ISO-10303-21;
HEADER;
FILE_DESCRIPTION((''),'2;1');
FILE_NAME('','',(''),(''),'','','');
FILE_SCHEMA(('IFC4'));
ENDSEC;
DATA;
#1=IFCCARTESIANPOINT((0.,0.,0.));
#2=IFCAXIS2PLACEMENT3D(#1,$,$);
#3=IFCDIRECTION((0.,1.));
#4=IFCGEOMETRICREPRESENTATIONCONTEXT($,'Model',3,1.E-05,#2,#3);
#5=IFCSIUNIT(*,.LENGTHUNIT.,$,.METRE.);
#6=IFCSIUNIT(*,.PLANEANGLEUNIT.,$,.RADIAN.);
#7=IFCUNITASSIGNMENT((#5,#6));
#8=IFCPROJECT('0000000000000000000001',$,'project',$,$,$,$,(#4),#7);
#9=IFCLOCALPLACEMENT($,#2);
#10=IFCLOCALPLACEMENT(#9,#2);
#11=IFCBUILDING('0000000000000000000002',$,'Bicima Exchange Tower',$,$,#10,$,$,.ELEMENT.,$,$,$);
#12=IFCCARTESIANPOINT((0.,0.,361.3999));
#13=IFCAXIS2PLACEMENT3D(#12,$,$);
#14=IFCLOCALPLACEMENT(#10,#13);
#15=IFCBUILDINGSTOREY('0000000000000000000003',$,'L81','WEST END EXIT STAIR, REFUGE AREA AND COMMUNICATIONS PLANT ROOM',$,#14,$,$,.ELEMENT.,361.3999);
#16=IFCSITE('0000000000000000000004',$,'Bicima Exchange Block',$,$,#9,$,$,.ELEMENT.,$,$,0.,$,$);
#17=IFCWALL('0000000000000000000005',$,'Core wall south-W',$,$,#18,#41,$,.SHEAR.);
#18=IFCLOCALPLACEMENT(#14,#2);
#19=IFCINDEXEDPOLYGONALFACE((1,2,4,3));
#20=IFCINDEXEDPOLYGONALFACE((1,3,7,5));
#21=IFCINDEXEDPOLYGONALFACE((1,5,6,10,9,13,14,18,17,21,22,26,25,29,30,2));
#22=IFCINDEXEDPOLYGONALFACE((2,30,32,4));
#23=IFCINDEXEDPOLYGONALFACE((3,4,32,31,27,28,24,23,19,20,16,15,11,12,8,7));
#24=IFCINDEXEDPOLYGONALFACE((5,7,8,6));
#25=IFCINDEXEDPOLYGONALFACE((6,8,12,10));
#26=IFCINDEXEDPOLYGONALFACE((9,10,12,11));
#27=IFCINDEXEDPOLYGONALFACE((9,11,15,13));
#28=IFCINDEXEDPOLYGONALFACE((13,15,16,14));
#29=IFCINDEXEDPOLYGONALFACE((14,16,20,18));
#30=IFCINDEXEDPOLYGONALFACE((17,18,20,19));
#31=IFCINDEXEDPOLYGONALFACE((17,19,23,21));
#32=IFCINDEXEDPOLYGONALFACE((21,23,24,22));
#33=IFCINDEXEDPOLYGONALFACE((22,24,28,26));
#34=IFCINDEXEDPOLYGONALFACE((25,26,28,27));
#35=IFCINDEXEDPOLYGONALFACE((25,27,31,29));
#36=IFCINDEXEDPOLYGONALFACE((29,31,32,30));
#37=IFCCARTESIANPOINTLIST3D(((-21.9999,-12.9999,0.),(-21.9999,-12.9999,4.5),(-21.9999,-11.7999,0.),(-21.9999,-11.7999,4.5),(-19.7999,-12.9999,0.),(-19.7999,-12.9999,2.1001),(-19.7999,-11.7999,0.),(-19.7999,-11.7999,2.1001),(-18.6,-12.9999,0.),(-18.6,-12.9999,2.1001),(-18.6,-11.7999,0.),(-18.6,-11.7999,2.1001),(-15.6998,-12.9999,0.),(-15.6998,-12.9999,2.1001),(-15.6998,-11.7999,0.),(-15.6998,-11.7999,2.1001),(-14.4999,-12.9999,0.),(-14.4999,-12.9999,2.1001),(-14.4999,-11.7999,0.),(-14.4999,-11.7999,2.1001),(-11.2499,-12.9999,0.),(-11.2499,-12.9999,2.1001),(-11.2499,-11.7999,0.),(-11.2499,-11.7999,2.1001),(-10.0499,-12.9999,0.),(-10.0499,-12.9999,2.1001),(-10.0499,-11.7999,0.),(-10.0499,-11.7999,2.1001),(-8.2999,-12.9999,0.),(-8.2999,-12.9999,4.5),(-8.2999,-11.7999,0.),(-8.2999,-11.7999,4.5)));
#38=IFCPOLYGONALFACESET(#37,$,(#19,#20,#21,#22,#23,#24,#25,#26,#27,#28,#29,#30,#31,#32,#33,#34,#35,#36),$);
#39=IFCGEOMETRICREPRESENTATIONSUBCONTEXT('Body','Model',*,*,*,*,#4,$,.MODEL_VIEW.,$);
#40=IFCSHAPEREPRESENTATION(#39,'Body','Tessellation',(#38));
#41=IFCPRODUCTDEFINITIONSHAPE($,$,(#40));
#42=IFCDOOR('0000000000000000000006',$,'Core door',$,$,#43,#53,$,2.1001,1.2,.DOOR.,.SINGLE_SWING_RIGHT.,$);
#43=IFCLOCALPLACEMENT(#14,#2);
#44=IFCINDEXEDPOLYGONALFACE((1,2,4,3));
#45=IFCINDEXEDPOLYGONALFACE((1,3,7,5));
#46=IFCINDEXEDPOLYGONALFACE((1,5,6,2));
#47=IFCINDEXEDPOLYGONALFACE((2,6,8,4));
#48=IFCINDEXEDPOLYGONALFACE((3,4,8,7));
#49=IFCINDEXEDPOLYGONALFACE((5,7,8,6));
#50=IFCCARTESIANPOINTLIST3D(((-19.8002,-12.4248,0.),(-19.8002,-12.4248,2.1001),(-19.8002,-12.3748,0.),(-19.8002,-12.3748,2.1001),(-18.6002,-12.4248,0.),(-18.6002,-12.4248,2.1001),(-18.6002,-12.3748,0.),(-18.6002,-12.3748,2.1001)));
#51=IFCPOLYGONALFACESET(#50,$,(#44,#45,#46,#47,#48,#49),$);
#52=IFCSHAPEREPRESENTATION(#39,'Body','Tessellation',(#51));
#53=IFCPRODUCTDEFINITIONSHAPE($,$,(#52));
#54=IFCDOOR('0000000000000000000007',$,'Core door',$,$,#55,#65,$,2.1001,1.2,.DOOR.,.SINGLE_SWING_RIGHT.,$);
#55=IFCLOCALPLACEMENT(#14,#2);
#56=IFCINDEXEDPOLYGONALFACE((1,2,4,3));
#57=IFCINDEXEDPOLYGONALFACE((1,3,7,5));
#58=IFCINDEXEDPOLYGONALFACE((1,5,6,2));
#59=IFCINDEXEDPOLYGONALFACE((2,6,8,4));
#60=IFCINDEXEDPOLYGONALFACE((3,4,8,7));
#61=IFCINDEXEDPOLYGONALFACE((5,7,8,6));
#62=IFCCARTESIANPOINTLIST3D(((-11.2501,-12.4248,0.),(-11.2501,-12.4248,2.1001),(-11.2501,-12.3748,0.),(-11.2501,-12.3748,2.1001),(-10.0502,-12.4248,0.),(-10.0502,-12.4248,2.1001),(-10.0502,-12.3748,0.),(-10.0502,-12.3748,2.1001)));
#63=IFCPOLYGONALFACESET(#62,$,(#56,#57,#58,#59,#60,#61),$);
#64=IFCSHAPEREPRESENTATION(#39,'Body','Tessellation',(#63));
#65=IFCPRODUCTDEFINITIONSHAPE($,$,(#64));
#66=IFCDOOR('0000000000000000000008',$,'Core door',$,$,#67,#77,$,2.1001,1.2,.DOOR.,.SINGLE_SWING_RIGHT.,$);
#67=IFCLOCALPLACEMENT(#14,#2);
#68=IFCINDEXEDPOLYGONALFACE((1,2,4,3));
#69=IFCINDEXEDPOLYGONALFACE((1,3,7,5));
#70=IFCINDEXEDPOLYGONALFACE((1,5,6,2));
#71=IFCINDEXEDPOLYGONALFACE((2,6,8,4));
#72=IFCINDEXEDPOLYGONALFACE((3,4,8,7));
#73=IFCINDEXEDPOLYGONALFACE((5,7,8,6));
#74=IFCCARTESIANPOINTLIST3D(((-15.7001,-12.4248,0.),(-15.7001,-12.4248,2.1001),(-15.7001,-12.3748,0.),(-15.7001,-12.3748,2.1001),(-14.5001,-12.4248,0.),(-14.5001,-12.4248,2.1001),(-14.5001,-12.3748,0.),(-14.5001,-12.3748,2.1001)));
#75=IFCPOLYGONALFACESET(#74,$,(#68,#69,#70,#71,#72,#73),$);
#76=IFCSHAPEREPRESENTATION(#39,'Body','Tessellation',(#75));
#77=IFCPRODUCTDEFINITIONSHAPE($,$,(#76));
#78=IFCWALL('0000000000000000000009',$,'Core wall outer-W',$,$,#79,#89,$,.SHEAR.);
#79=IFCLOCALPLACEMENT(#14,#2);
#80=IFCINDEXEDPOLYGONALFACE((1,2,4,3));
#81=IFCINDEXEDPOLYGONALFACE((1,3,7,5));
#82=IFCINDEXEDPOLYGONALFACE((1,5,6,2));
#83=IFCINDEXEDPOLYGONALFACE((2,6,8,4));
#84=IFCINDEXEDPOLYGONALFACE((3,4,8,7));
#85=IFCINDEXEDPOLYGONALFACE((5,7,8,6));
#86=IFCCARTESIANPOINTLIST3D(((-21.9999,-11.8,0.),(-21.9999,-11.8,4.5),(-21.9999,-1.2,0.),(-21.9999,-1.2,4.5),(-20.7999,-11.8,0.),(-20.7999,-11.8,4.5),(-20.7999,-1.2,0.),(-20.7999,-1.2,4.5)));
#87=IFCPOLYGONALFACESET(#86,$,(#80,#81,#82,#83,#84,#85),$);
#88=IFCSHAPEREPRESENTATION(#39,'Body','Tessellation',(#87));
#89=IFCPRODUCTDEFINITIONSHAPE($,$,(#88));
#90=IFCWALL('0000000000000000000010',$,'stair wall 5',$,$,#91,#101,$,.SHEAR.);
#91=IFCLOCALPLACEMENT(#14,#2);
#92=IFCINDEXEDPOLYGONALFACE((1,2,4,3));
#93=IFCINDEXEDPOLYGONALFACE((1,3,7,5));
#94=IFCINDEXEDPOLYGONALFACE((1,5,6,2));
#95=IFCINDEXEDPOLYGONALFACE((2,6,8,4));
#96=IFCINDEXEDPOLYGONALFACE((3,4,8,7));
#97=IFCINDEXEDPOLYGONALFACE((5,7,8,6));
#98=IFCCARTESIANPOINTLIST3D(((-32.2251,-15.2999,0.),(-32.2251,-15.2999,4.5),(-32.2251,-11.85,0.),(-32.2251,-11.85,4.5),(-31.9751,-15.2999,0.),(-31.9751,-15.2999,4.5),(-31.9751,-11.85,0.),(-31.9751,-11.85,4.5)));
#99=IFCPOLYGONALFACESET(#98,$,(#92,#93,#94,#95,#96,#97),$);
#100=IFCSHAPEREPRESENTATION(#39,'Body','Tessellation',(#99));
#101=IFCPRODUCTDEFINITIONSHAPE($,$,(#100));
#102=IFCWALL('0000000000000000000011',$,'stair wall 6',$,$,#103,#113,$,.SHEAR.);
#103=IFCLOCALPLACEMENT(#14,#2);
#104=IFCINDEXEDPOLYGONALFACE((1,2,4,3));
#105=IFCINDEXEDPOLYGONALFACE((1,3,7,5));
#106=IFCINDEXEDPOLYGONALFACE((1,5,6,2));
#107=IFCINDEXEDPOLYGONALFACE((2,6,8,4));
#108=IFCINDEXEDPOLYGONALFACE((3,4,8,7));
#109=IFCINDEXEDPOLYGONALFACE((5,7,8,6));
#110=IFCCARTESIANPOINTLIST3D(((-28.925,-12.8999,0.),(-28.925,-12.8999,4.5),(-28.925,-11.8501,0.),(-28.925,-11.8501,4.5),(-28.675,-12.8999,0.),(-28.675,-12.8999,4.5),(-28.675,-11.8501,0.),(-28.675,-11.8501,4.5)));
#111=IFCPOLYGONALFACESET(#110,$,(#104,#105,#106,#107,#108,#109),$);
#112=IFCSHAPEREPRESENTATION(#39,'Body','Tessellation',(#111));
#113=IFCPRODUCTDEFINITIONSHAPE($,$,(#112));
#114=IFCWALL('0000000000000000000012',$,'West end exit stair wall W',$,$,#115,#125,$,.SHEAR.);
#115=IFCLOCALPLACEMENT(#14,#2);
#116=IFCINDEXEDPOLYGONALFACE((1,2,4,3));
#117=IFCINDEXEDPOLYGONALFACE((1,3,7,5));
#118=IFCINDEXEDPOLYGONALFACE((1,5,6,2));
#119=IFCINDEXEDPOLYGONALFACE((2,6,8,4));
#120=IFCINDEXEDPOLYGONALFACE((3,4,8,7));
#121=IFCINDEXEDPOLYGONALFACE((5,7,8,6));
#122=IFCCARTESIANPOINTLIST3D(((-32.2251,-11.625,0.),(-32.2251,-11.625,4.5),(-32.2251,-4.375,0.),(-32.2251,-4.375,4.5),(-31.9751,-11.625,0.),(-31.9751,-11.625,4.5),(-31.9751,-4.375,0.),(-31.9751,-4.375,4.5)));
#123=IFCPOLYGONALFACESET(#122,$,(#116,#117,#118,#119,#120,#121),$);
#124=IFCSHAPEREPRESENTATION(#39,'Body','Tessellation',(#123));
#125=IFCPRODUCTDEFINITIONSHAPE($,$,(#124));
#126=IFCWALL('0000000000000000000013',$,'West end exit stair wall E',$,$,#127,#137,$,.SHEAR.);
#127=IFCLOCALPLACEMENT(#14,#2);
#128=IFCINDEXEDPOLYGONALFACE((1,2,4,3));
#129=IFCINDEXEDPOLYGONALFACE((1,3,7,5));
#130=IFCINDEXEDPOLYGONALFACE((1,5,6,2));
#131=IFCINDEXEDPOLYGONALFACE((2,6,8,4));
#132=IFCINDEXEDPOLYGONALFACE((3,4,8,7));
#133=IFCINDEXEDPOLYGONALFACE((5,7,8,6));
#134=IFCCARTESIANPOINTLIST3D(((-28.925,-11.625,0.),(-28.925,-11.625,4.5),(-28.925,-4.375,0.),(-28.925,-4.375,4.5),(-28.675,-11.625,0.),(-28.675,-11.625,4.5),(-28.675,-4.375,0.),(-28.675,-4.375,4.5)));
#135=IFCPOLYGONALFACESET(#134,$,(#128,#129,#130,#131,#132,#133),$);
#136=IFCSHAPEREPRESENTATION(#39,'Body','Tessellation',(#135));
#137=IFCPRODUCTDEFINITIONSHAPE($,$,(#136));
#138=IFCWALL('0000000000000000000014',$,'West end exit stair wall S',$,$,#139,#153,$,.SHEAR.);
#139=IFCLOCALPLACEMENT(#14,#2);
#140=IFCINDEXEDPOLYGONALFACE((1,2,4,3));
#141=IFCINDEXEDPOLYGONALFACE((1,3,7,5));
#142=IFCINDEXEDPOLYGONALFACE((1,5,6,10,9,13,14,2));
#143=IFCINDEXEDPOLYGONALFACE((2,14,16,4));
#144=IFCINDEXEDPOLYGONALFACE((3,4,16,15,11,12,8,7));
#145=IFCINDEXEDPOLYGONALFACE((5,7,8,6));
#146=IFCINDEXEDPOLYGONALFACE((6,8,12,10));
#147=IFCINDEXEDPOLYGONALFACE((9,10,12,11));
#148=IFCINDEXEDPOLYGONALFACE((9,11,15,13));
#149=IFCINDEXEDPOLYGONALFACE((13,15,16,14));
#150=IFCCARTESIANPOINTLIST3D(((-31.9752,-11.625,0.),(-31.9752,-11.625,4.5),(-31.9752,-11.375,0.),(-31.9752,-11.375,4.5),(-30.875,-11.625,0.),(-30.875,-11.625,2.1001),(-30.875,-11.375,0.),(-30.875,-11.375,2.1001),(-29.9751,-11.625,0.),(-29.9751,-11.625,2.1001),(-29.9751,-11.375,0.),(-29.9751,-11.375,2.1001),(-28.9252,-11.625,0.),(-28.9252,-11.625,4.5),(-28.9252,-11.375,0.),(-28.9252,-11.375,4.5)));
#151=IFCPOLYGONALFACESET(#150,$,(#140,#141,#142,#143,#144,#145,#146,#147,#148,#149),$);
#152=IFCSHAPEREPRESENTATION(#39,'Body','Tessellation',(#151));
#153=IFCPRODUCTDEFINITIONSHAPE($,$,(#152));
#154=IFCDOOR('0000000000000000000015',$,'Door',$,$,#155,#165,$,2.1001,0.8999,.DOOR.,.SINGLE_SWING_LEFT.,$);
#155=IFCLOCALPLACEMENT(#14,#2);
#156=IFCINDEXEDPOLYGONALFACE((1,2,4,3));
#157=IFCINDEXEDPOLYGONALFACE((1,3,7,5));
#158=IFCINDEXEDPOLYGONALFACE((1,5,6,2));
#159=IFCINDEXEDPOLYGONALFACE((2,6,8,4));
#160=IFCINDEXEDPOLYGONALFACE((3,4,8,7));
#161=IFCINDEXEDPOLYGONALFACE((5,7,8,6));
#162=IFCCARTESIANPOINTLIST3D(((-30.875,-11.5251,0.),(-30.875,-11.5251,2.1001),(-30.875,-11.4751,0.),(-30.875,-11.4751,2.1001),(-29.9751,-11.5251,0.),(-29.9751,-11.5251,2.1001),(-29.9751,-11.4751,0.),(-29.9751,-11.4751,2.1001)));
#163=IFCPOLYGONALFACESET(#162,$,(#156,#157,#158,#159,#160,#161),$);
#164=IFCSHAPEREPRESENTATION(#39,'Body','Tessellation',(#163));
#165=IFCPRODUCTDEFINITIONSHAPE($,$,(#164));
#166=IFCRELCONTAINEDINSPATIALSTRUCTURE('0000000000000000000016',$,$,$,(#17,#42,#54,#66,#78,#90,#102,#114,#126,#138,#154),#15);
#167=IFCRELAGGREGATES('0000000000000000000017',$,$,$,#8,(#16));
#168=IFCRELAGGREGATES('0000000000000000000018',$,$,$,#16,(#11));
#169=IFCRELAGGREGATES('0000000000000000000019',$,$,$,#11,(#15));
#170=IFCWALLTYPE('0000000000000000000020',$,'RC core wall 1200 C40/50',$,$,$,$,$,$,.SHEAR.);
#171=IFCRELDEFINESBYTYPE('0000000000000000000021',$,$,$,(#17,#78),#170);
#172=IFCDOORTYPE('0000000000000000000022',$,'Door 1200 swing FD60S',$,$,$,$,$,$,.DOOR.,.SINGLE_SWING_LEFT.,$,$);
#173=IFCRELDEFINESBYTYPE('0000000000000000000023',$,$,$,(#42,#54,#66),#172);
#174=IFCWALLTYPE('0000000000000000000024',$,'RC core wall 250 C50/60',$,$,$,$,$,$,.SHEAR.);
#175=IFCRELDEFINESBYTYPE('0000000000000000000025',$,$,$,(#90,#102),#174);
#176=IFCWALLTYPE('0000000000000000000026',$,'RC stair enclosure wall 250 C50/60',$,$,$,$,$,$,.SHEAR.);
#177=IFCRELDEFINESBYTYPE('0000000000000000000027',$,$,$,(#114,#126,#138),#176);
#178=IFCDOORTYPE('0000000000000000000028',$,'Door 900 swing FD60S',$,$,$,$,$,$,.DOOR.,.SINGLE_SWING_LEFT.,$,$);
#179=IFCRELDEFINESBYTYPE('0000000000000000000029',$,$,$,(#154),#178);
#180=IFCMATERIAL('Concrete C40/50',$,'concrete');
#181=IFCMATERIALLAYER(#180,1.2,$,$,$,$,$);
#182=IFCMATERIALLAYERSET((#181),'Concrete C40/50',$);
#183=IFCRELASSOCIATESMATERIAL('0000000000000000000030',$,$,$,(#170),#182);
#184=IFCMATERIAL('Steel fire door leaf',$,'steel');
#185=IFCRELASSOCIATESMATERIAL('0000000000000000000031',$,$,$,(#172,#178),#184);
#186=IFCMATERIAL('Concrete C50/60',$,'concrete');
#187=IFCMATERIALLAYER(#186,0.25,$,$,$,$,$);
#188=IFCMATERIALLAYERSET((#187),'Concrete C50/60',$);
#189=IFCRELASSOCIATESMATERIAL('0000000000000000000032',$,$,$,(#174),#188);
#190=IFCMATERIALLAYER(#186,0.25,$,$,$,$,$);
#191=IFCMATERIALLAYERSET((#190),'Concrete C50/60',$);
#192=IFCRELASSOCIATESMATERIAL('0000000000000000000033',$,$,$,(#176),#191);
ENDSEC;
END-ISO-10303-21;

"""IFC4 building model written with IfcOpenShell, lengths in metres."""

from ifc_helpers import new_model, si_unit, direction, frame, frame_2d, origin, place, context, subcontext, project, spatial, rectangle, extrude, material, layer, layer_set, type_object, element, fill, save


model = new_model("IFC4")

# Units and contexts
model_context = context("Model", 3, precision=1e-05, world=origin(), true_north=direction((0.0, 1.0)))
body_context = subcontext(model_context, "Body", "Model", "MODEL_VIEW")
ifc_project = project(units=[si_unit("LENGTHUNIT", "METRE"), si_unit("PLANEANGLEUNIT", "RADIAN")], contexts=[model_context])

# Site, building, storey
site_placement = place(None, origin())
site = spatial("IfcSite", under=ifc_project, at=site_placement, Name="Bicima Exchange Block", CompositionType="ELEMENT", RefElevation=0.0)
building_placement = place(site_placement, origin())
building = spatial("IfcBuilding", under=site, at=building_placement, Name="Bicima Exchange Tower", CompositionType="ELEMENT")
storey_placement = place(building_placement, frame((0.0, 0.0, 361.3999)))
storey = spatial("IfcBuildingStorey", under=building, at=storey_placement, Name="L81", Description="WEST END EXIT STAIR, REFUGE AREA AND COMMUNICATIONS PLANT ROOM", CompositionType="ELEMENT", Elevation=361.3999)

# Shared definitions
ifc_material_1 = material(Name="Steel fire door leaf", Category="steel")

# Wall, openings, doors
ifc_material_2 = material(Name="Concrete C40/50", Category="concrete")
ifc_layer_1 = layer(ifc_material_2, 1.2)
ifc_layer_set_1 = layer_set([ifc_layer_1], Name="Concrete C40/50")
wall_type_1 = type_object("IfcWallType", Name="RC core wall 1200 C40/50", PredefinedType="SHEAR", material=ifc_layer_set_1)
wall_1_placement = place(storey_placement, frame((-22.0, -12.3999, 0.0), z_axis=(0.0, 0.0, 1.0), x_axis=(1.0, 0.0, 0.0)))
wall_1 = element("IfcWall", 1, at=wall_1_placement, inside=storey, type_object=wall_type_1, Name="Core wall south-W", PredefinedType="SHEAR", context=body_context, shape_type="SweptSolid", body=[
    extrude(rectangle(XDim=13.7, YDim=1.2, at=frame_2d((6.8501, 0.0))), origin(), (0.0, 0.0, 1.0), 4.5),
])
opening_1_placement = place(wall_1_placement, frame((2.2, 0.0, 0.0)))
opening_1 = element("IfcOpeningElement", 2, at=opening_1_placement, cuts=wall_1, PredefinedType="OPENING", context=body_context, shape_type="SweptSolid", body=[
    extrude(rectangle(XDim=1.2, YDim=2.1001, at=frame_2d((0.6001, 1.05))), frame((0.0, 0.6118, 0.0), z_axis=(0.0, -1.0, 0.0), x_axis=(1.0, 0.0, 0.0)), (0.0, 0.0, 1.0), 1.2239),
])
opening_2_placement = place(wall_1_placement, frame((10.75, 0.0, 0.0)))
opening_2 = element("IfcOpeningElement", 3, at=opening_2_placement, cuts=wall_1, PredefinedType="OPENING", context=body_context, shape_type="SweptSolid", body=[
    extrude(rectangle(XDim=1.2, YDim=2.1001, at=frame_2d((0.6001, 1.05))), frame((0.0, 0.6118, 0.0), z_axis=(0.0, -1.0, 0.0), x_axis=(1.0, 0.0, 0.0)), (0.0, 0.0, 1.0), 1.2239),
])
opening_3_placement = place(wall_1_placement, frame((6.3, 0.0, 0.0)))
opening_3 = element("IfcOpeningElement", 4, at=opening_3_placement, cuts=wall_1, PredefinedType="OPENING", context=body_context, shape_type="SweptSolid", body=[
    extrude(rectangle(XDim=1.2, YDim=2.1001, at=frame_2d((0.6001, 1.05))), frame((0.0, 0.6118, 0.0), z_axis=(0.0, -1.0, 0.0), x_axis=(1.0, 0.0, 0.0)), (0.0, 0.0, 1.0), 1.2239),
])
door_type_1 = type_object("IfcDoorType", Name="Door 1200 swing FD60S", OperationType="SINGLE_SWING_LEFT", PredefinedType="DOOR", material=ifc_material_1)
door_1_placement = place(opening_1_placement, frame((1.2, 0.0, 0.0), z_axis=(0.0, 0.0, 1.0), x_axis=(-1.0, 0.0, 0.0)))
door_1 = element("IfcDoor", 5, at=door_1_placement, inside=storey, type_object=door_type_1, Name="Core door", OperationType="SINGLE_SWING_RIGHT", OverallHeight=2.1001, OverallWidth=1.2, PredefinedType="DOOR", context=body_context, shape_type="SweptSolid", body=[
    extrude(rectangle(XDim=1.2, YDim=2.1001, at=frame_2d((0.6001, 1.05))), frame((0.0, 0.0249, 0.0), z_axis=(0.0, -1.0, 0.0), x_axis=(1.0, 0.0, 0.0)), (0.0, 0.0, 1.0), 0.05),
])
fill(opening_1, door_1)
door_2_placement = place(opening_2_placement, frame((1.2, 0.0, 0.0), z_axis=(0.0, 0.0, 1.0), x_axis=(-1.0, 0.0, 0.0)))
door_2 = element("IfcDoor", 6, at=door_2_placement, inside=storey, type_object=door_type_1, Name="Core door", OperationType="SINGLE_SWING_RIGHT", OverallHeight=2.1001, OverallWidth=1.2, PredefinedType="DOOR", context=body_context, shape_type="SweptSolid", body=[
    extrude(rectangle(XDim=1.2, YDim=2.1001, at=frame_2d((0.6001, 1.05))), frame((0.0, 0.0249, 0.0), z_axis=(0.0, -1.0, 0.0), x_axis=(1.0, 0.0, 0.0)), (0.0, 0.0, 1.0), 0.05),
])
fill(opening_2, door_2)
door_3_placement = place(opening_3_placement, frame((1.2, 0.0, 0.0), z_axis=(0.0, 0.0, 1.0), x_axis=(-1.0, 0.0, 0.0)))
door_3 = element("IfcDoor", 7, at=door_3_placement, inside=storey, type_object=door_type_1, Name="Core door", OperationType="SINGLE_SWING_RIGHT", OverallHeight=2.1001, OverallWidth=1.2, PredefinedType="DOOR", context=body_context, shape_type="SweptSolid", body=[
    extrude(rectangle(XDim=1.2, YDim=2.1001, at=frame_2d((0.6001, 1.05))), frame((0.0, 0.0249, 0.0), z_axis=(0.0, -1.0, 0.0), x_axis=(1.0, 0.0, 0.0)), (0.0, 0.0, 1.0), 0.05),
])
fill(opening_3, door_3)

# Walls
wall_2_placement = place(storey_placement, frame((-21.3999, -11.8, 0.0), z_axis=(0.0, 0.0, 1.0), x_axis=(0.0, 1.0, 0.0)))
element("IfcWall", 8, at=wall_2_placement, inside=storey, type_object=wall_type_1, Name="Core wall outer-W", PredefinedType="SHEAR", context=body_context, shape_type="SweptSolid", body=[
    extrude(rectangle(XDim=10.6001, YDim=1.2, at=frame_2d((5.3, 0.0))), origin(), (0.0, 0.0, 1.0), 4.5),
])
ifc_material_3 = material(Name="Concrete C50/60", Category="concrete")
ifc_layer_2 = layer(ifc_material_3, 0.25)
ifc_layer_set_2 = layer_set([ifc_layer_2], Name="Concrete C50/60")
wall_type_2 = type_object("IfcWallType", Name="RC core wall 250 C50/60", PredefinedType="SHEAR", material=ifc_layer_set_2)
wall_3_placement = place(storey_placement, frame((-32.1001, -15.3, 0.0), z_axis=(0.0, 0.0, 1.0), x_axis=(0.0, 1.0, 0.0)))
element("IfcWall", 9, at=wall_3_placement, inside=storey, type_object=wall_type_2, Name="stair wall 5", PredefinedType="SHEAR", context=body_context, shape_type="SweptSolid", body=[
    extrude(rectangle(XDim=3.45, YDim=0.25, at=frame_2d((1.7251, 0.0))), origin(), (0.0, 0.0, 1.0), 4.5),
])
wall_4_placement = place(storey_placement, frame((-28.8, -12.8999, 0.0), z_axis=(0.0, 0.0, 1.0), x_axis=(0.0, 1.0, 0.0)))
element("IfcWall", 10, at=wall_4_placement, inside=storey, type_object=wall_type_2, Name="stair wall 6", PredefinedType="SHEAR", context=body_context, shape_type="SweptSolid", body=[
    extrude(rectangle(XDim=1.0498, YDim=0.25, at=frame_2d((0.5249, 0.0))), origin(), (0.0, 0.0, 1.0), 4.5),
])
ifc_layer_3 = layer(ifc_material_3, 0.25)
ifc_layer_set_3 = layer_set([ifc_layer_3], Name="Concrete C50/60")
wall_type_3 = type_object("IfcWallType", Name="RC stair enclosure wall 250 C50/60", PredefinedType="SHEAR", material=ifc_layer_set_3)
for number, where, z_axis, x_axis, name in (
    (11, (-32.1001, -11.625, 0.0), (0.0, 0.0, 1.0), (0.0, 1.0, 0.0), "West end exit stair wall W"),
    (12, (-28.8, -11.625, 0.0), (0.0, 0.0, 1.0), (0.0, 1.0, 0.0), "West end exit stair wall E"),
):
    element("IfcWall", number, at=place(storey_placement, frame(where, z_axis=z_axis, x_axis=x_axis)), inside=storey, type_object=wall_type_3, Name=name, PredefinedType="SHEAR", context=body_context, shape_type="SweptSolid", body=[
        extrude(rectangle(XDim=7.25, YDim=0.25, at=frame_2d((3.625, 0.0))), origin(), (0.0, 0.0, 1.0), 4.5),
    ])

# Wall, opening, door
wall_5_placement = place(storey_placement, frame((-31.9751, -11.5, 0.0), z_axis=(0.0, 0.0, 1.0), x_axis=(1.0, 0.0, 0.0)))
wall_5 = element("IfcWall", 13, at=wall_5_placement, inside=storey, type_object=wall_type_3, Name="West end exit stair wall S", PredefinedType="SHEAR", context=body_context, shape_type="SweptSolid", body=[
    extrude(rectangle(XDim=3.05, YDim=0.25, at=frame_2d((1.5249, 0.0))), origin(), (0.0, 0.0, 1.0), 4.5),
])
opening_4_placement = place(wall_5_placement, frame((1.1001, 0.0, 0.0)))
opening_4 = element("IfcOpeningElement", 14, at=opening_4_placement, cuts=wall_5, PredefinedType="OPENING", context=body_context, shape_type="SweptSolid", body=[
    extrude(rectangle(XDim=0.8999, YDim=2.1001, at=frame_2d((0.45, 1.05))), frame((0.0, 0.137, 0.0), z_axis=(0.0, -1.0, 0.0), x_axis=(1.0, 0.0, 0.0)), (0.0, 0.0, 1.0), 0.2739),
])
door_type_2 = type_object("IfcDoorType", Name="Door 900 swing FD60S", OperationType="SINGLE_SWING_LEFT", PredefinedType="DOOR", material=ifc_material_1)
door_4_placement = place(opening_4_placement, origin())
door_4 = element("IfcDoor", 15, at=door_4_placement, inside=storey, type_object=door_type_2, Name="Door", OperationType="SINGLE_SWING_LEFT", OverallHeight=2.1001, OverallWidth=0.8999, PredefinedType="DOOR", context=body_context, shape_type="SweptSolid", body=[
    extrude(rectangle(XDim=0.8999, YDim=2.1001, at=frame_2d((0.45, 1.05))), frame((0.0, 0.0249, 0.0), z_axis=(0.0, -1.0, 0.0), x_axis=(1.0, 0.0, 0.0)), (0.0, 0.0, 1.0), 0.05),
])
fill(opening_4, door_4)

save(model, "model.ifc")
